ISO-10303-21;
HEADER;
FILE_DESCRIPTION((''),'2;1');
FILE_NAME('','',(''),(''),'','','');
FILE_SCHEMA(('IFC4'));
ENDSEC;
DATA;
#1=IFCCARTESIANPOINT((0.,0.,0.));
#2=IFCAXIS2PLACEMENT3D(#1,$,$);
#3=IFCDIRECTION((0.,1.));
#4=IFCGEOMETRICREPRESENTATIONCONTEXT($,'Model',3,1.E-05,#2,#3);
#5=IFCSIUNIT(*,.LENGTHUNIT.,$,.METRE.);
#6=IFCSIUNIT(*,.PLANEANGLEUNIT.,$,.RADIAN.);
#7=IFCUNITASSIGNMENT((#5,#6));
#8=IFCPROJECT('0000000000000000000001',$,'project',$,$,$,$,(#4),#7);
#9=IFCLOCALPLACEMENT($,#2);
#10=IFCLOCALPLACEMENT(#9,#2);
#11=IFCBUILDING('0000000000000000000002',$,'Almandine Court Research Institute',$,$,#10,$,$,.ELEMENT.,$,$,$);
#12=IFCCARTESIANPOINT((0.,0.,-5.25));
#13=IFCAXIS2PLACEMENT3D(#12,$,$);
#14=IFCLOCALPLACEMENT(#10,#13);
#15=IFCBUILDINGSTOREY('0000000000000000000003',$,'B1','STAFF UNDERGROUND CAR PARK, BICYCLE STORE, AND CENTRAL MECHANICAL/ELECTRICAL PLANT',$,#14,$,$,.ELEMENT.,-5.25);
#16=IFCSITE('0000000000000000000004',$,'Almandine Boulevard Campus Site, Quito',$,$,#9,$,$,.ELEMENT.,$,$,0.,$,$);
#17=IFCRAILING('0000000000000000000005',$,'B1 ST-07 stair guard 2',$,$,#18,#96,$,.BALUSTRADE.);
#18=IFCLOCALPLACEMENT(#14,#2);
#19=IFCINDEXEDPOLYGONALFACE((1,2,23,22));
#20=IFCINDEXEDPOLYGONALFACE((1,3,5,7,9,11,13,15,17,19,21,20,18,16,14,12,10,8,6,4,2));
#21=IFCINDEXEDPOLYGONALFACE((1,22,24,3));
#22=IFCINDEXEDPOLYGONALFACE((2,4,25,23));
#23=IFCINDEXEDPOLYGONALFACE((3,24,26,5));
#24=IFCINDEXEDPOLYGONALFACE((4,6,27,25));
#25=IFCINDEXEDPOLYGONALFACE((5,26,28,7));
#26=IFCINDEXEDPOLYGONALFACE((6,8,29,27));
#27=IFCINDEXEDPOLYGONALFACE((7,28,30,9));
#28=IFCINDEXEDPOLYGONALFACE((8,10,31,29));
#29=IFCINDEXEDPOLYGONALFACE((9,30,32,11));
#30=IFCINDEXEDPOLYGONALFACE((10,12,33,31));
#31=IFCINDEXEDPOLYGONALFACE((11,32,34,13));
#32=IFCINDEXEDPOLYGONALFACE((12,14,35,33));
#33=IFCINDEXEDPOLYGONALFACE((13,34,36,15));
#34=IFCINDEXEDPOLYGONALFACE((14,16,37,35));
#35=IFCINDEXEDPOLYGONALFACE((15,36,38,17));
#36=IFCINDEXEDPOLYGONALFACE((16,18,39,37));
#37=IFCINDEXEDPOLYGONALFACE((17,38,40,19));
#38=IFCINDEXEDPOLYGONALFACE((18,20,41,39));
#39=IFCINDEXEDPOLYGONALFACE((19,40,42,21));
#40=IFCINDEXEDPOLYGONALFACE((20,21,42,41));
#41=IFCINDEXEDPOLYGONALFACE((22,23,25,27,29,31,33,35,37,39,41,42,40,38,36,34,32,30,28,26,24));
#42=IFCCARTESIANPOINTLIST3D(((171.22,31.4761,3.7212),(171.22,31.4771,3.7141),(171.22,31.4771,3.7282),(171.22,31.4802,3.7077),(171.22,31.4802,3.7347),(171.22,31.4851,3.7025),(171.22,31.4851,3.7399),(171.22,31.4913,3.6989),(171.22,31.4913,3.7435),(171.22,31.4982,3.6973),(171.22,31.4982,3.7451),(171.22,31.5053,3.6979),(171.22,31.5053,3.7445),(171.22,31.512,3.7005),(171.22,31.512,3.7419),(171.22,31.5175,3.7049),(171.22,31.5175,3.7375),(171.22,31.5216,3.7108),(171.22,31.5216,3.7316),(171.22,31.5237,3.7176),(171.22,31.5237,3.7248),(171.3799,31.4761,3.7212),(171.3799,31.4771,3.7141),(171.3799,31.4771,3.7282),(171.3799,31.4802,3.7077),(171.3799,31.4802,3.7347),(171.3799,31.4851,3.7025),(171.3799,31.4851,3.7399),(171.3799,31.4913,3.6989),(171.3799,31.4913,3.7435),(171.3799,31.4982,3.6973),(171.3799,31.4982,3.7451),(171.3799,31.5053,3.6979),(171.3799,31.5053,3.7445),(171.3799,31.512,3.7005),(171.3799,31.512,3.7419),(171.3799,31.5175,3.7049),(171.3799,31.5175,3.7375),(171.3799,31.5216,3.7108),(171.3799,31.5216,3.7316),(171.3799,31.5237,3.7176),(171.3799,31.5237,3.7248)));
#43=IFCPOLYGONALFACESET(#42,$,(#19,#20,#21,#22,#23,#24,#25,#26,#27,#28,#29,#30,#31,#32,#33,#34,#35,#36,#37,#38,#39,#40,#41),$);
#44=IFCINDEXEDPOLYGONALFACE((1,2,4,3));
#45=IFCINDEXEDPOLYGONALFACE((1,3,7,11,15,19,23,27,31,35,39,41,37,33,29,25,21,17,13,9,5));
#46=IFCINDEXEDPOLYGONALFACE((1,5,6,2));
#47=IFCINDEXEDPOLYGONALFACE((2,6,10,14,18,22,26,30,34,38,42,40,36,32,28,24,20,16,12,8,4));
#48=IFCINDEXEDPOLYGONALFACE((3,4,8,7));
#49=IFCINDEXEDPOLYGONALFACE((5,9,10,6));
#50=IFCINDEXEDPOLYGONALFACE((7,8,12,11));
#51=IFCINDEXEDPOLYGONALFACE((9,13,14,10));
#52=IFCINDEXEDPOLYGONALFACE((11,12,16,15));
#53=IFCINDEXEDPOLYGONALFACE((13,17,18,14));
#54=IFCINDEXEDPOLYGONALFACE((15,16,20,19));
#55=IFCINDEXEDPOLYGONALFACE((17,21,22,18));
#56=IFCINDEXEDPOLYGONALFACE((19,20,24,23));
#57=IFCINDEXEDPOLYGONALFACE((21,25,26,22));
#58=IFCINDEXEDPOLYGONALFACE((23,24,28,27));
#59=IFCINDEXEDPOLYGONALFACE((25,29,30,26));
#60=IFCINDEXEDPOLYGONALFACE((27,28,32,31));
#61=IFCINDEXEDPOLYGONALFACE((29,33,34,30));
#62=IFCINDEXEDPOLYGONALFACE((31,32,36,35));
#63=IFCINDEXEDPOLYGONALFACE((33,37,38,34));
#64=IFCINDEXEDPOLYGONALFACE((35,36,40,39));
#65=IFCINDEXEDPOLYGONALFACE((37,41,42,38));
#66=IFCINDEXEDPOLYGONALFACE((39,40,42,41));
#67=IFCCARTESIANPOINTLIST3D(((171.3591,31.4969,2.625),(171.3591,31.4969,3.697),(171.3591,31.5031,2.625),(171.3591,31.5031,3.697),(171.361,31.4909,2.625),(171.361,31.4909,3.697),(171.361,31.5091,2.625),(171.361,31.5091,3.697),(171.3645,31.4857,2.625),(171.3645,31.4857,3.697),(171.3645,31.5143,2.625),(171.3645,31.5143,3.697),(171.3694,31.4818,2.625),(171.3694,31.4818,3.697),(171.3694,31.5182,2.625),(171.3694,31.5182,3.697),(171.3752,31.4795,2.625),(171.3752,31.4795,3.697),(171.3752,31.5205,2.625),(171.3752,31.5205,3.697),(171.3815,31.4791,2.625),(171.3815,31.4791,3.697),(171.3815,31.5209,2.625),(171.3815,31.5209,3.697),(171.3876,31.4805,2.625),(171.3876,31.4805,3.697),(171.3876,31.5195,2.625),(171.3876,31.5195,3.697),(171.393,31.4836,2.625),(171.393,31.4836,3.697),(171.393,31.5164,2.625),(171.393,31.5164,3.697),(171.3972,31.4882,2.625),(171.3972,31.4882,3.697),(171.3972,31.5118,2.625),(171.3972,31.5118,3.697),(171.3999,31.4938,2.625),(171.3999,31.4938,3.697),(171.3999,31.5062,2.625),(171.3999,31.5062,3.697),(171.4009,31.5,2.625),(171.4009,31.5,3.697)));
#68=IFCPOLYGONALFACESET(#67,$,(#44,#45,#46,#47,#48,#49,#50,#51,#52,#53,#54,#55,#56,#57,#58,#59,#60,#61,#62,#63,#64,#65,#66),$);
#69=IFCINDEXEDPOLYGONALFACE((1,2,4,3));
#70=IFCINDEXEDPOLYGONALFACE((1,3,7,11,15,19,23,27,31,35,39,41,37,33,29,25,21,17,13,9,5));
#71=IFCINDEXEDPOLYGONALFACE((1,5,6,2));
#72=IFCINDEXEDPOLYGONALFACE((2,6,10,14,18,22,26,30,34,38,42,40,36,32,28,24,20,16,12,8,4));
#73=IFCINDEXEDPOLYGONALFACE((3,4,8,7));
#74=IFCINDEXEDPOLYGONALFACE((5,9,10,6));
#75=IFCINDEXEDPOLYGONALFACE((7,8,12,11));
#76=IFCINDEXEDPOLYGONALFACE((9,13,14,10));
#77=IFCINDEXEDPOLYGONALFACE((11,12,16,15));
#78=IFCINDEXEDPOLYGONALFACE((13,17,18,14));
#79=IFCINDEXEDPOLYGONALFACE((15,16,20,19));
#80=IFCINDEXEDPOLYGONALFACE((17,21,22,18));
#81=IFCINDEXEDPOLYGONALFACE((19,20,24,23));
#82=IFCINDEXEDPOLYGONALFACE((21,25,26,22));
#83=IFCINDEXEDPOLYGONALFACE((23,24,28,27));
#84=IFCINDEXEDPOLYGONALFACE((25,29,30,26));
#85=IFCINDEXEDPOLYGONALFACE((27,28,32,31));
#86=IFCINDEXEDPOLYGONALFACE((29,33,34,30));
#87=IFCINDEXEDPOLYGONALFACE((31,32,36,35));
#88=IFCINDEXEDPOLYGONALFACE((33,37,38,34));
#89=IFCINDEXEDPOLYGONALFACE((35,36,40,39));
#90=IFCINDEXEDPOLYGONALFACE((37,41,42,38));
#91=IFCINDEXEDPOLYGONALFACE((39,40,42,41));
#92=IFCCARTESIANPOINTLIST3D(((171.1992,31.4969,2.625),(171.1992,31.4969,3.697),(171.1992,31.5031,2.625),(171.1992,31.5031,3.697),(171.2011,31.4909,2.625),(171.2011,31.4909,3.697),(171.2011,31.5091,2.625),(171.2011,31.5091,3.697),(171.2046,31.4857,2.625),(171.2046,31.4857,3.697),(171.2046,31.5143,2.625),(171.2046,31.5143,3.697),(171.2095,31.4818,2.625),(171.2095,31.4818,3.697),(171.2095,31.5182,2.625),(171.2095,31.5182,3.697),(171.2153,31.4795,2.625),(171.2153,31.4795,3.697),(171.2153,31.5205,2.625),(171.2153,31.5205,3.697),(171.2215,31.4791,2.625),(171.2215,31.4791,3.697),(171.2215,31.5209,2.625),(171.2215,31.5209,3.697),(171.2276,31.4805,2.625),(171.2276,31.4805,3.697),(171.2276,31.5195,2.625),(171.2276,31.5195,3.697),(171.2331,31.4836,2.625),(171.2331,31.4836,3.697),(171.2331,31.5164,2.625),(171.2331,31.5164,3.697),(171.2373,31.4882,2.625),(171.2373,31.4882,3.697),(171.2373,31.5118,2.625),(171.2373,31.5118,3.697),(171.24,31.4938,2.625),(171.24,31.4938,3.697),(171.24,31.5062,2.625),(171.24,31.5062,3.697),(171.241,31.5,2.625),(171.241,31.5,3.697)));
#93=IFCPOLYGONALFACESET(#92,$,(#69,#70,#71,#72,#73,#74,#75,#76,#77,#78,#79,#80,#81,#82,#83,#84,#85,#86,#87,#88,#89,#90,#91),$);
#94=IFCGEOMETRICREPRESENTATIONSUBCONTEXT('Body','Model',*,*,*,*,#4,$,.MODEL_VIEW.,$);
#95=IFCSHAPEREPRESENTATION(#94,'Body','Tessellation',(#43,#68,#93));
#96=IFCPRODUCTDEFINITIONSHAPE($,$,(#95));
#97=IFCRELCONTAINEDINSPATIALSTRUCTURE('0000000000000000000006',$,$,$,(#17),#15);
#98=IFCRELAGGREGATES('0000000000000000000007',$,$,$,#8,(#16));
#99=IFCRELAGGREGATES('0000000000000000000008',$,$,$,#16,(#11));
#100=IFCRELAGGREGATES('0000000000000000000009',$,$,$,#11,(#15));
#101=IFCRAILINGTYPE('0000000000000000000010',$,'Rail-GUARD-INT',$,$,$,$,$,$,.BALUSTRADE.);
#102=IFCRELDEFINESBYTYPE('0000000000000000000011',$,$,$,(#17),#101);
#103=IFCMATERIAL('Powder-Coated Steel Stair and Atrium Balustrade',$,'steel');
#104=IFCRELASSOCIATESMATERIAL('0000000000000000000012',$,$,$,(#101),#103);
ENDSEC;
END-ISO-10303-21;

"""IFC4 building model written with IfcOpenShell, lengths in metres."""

from ifc_helpers import new_model, si_unit, direction, frame, origin, origin_2d, place, context, subcontext, project, spatial, circle, extrude, material, type_object, element, save


model = new_model("IFC4")

# Units and contexts
model_context = context("Model", 3, precision=1e-05, world=origin(), true_north=direction((0.0, 1.0)))
body_context = subcontext(model_context, "Body", "Model", "MODEL_VIEW")
ifc_project = project(units=[si_unit("LENGTHUNIT", "METRE"), si_unit("PLANEANGLEUNIT", "RADIAN")], contexts=[model_context])

# Site, building, storey
site_placement = place(None, origin())
site = spatial("IfcSite", under=ifc_project, at=site_placement, Name="Almandine Boulevard Campus Site, Quito", CompositionType="ELEMENT", RefElevation=0.0)
building_placement = place(site_placement, origin())
building = spatial("IfcBuilding", under=site, at=building_placement, Name="Almandine Court Research Institute", CompositionType="ELEMENT")
storey_placement = place(building_placement, frame((0.0, 0.0, -5.25)))
storey = spatial("IfcBuildingStorey", under=building, at=storey_placement, Name="B1", Description="STAFF UNDERGROUND CAR PARK, BICYCLE STORE, AND CENTRAL MECHANICAL/ELECTRICAL PLANT", CompositionType="ELEMENT", Elevation=-5.25)

# Railing
ifc_material_1 = material(Name="Powder-Coated Steel Stair and Atrium Balustrade", Category="steel")
railing_type_1 = type_object("IfcRailingType", Name="Rail-GUARD-INT", PredefinedType="BALUSTRADE", material=ifc_material_1)
railing_1_placement = place(storey_placement, frame((171.3799, 31.5, 2.625)))
element("IfcRailing", 1, at=railing_1_placement, inside=storey, type_object=railing_type_1, Name="B1 ST-07 stair guard 2", PredefinedType="BALUSTRADE", context=body_context, shape_type="SweptSolid", body=[
    extrude(circle(Radius=0.0239, at=origin_2d()), frame((0.0, 0.0, 1.0962), z_axis=(-1.0, 0.0, 0.0), x_axis=(0.0, -1.0, 0.0)), (0.0, 0.0, 1.0), 0.1599),
    extrude(circle(Radius=0.021, at=origin_2d()), origin(), (0.0, 0.0, 1.0), 1.072),
    extrude(circle(Radius=0.021, at=origin_2d()), frame((-0.1599, 0.0, 0.0)), (0.0, 0.0, 1.0), 1.072),
])

save(model, "model.ifc")
